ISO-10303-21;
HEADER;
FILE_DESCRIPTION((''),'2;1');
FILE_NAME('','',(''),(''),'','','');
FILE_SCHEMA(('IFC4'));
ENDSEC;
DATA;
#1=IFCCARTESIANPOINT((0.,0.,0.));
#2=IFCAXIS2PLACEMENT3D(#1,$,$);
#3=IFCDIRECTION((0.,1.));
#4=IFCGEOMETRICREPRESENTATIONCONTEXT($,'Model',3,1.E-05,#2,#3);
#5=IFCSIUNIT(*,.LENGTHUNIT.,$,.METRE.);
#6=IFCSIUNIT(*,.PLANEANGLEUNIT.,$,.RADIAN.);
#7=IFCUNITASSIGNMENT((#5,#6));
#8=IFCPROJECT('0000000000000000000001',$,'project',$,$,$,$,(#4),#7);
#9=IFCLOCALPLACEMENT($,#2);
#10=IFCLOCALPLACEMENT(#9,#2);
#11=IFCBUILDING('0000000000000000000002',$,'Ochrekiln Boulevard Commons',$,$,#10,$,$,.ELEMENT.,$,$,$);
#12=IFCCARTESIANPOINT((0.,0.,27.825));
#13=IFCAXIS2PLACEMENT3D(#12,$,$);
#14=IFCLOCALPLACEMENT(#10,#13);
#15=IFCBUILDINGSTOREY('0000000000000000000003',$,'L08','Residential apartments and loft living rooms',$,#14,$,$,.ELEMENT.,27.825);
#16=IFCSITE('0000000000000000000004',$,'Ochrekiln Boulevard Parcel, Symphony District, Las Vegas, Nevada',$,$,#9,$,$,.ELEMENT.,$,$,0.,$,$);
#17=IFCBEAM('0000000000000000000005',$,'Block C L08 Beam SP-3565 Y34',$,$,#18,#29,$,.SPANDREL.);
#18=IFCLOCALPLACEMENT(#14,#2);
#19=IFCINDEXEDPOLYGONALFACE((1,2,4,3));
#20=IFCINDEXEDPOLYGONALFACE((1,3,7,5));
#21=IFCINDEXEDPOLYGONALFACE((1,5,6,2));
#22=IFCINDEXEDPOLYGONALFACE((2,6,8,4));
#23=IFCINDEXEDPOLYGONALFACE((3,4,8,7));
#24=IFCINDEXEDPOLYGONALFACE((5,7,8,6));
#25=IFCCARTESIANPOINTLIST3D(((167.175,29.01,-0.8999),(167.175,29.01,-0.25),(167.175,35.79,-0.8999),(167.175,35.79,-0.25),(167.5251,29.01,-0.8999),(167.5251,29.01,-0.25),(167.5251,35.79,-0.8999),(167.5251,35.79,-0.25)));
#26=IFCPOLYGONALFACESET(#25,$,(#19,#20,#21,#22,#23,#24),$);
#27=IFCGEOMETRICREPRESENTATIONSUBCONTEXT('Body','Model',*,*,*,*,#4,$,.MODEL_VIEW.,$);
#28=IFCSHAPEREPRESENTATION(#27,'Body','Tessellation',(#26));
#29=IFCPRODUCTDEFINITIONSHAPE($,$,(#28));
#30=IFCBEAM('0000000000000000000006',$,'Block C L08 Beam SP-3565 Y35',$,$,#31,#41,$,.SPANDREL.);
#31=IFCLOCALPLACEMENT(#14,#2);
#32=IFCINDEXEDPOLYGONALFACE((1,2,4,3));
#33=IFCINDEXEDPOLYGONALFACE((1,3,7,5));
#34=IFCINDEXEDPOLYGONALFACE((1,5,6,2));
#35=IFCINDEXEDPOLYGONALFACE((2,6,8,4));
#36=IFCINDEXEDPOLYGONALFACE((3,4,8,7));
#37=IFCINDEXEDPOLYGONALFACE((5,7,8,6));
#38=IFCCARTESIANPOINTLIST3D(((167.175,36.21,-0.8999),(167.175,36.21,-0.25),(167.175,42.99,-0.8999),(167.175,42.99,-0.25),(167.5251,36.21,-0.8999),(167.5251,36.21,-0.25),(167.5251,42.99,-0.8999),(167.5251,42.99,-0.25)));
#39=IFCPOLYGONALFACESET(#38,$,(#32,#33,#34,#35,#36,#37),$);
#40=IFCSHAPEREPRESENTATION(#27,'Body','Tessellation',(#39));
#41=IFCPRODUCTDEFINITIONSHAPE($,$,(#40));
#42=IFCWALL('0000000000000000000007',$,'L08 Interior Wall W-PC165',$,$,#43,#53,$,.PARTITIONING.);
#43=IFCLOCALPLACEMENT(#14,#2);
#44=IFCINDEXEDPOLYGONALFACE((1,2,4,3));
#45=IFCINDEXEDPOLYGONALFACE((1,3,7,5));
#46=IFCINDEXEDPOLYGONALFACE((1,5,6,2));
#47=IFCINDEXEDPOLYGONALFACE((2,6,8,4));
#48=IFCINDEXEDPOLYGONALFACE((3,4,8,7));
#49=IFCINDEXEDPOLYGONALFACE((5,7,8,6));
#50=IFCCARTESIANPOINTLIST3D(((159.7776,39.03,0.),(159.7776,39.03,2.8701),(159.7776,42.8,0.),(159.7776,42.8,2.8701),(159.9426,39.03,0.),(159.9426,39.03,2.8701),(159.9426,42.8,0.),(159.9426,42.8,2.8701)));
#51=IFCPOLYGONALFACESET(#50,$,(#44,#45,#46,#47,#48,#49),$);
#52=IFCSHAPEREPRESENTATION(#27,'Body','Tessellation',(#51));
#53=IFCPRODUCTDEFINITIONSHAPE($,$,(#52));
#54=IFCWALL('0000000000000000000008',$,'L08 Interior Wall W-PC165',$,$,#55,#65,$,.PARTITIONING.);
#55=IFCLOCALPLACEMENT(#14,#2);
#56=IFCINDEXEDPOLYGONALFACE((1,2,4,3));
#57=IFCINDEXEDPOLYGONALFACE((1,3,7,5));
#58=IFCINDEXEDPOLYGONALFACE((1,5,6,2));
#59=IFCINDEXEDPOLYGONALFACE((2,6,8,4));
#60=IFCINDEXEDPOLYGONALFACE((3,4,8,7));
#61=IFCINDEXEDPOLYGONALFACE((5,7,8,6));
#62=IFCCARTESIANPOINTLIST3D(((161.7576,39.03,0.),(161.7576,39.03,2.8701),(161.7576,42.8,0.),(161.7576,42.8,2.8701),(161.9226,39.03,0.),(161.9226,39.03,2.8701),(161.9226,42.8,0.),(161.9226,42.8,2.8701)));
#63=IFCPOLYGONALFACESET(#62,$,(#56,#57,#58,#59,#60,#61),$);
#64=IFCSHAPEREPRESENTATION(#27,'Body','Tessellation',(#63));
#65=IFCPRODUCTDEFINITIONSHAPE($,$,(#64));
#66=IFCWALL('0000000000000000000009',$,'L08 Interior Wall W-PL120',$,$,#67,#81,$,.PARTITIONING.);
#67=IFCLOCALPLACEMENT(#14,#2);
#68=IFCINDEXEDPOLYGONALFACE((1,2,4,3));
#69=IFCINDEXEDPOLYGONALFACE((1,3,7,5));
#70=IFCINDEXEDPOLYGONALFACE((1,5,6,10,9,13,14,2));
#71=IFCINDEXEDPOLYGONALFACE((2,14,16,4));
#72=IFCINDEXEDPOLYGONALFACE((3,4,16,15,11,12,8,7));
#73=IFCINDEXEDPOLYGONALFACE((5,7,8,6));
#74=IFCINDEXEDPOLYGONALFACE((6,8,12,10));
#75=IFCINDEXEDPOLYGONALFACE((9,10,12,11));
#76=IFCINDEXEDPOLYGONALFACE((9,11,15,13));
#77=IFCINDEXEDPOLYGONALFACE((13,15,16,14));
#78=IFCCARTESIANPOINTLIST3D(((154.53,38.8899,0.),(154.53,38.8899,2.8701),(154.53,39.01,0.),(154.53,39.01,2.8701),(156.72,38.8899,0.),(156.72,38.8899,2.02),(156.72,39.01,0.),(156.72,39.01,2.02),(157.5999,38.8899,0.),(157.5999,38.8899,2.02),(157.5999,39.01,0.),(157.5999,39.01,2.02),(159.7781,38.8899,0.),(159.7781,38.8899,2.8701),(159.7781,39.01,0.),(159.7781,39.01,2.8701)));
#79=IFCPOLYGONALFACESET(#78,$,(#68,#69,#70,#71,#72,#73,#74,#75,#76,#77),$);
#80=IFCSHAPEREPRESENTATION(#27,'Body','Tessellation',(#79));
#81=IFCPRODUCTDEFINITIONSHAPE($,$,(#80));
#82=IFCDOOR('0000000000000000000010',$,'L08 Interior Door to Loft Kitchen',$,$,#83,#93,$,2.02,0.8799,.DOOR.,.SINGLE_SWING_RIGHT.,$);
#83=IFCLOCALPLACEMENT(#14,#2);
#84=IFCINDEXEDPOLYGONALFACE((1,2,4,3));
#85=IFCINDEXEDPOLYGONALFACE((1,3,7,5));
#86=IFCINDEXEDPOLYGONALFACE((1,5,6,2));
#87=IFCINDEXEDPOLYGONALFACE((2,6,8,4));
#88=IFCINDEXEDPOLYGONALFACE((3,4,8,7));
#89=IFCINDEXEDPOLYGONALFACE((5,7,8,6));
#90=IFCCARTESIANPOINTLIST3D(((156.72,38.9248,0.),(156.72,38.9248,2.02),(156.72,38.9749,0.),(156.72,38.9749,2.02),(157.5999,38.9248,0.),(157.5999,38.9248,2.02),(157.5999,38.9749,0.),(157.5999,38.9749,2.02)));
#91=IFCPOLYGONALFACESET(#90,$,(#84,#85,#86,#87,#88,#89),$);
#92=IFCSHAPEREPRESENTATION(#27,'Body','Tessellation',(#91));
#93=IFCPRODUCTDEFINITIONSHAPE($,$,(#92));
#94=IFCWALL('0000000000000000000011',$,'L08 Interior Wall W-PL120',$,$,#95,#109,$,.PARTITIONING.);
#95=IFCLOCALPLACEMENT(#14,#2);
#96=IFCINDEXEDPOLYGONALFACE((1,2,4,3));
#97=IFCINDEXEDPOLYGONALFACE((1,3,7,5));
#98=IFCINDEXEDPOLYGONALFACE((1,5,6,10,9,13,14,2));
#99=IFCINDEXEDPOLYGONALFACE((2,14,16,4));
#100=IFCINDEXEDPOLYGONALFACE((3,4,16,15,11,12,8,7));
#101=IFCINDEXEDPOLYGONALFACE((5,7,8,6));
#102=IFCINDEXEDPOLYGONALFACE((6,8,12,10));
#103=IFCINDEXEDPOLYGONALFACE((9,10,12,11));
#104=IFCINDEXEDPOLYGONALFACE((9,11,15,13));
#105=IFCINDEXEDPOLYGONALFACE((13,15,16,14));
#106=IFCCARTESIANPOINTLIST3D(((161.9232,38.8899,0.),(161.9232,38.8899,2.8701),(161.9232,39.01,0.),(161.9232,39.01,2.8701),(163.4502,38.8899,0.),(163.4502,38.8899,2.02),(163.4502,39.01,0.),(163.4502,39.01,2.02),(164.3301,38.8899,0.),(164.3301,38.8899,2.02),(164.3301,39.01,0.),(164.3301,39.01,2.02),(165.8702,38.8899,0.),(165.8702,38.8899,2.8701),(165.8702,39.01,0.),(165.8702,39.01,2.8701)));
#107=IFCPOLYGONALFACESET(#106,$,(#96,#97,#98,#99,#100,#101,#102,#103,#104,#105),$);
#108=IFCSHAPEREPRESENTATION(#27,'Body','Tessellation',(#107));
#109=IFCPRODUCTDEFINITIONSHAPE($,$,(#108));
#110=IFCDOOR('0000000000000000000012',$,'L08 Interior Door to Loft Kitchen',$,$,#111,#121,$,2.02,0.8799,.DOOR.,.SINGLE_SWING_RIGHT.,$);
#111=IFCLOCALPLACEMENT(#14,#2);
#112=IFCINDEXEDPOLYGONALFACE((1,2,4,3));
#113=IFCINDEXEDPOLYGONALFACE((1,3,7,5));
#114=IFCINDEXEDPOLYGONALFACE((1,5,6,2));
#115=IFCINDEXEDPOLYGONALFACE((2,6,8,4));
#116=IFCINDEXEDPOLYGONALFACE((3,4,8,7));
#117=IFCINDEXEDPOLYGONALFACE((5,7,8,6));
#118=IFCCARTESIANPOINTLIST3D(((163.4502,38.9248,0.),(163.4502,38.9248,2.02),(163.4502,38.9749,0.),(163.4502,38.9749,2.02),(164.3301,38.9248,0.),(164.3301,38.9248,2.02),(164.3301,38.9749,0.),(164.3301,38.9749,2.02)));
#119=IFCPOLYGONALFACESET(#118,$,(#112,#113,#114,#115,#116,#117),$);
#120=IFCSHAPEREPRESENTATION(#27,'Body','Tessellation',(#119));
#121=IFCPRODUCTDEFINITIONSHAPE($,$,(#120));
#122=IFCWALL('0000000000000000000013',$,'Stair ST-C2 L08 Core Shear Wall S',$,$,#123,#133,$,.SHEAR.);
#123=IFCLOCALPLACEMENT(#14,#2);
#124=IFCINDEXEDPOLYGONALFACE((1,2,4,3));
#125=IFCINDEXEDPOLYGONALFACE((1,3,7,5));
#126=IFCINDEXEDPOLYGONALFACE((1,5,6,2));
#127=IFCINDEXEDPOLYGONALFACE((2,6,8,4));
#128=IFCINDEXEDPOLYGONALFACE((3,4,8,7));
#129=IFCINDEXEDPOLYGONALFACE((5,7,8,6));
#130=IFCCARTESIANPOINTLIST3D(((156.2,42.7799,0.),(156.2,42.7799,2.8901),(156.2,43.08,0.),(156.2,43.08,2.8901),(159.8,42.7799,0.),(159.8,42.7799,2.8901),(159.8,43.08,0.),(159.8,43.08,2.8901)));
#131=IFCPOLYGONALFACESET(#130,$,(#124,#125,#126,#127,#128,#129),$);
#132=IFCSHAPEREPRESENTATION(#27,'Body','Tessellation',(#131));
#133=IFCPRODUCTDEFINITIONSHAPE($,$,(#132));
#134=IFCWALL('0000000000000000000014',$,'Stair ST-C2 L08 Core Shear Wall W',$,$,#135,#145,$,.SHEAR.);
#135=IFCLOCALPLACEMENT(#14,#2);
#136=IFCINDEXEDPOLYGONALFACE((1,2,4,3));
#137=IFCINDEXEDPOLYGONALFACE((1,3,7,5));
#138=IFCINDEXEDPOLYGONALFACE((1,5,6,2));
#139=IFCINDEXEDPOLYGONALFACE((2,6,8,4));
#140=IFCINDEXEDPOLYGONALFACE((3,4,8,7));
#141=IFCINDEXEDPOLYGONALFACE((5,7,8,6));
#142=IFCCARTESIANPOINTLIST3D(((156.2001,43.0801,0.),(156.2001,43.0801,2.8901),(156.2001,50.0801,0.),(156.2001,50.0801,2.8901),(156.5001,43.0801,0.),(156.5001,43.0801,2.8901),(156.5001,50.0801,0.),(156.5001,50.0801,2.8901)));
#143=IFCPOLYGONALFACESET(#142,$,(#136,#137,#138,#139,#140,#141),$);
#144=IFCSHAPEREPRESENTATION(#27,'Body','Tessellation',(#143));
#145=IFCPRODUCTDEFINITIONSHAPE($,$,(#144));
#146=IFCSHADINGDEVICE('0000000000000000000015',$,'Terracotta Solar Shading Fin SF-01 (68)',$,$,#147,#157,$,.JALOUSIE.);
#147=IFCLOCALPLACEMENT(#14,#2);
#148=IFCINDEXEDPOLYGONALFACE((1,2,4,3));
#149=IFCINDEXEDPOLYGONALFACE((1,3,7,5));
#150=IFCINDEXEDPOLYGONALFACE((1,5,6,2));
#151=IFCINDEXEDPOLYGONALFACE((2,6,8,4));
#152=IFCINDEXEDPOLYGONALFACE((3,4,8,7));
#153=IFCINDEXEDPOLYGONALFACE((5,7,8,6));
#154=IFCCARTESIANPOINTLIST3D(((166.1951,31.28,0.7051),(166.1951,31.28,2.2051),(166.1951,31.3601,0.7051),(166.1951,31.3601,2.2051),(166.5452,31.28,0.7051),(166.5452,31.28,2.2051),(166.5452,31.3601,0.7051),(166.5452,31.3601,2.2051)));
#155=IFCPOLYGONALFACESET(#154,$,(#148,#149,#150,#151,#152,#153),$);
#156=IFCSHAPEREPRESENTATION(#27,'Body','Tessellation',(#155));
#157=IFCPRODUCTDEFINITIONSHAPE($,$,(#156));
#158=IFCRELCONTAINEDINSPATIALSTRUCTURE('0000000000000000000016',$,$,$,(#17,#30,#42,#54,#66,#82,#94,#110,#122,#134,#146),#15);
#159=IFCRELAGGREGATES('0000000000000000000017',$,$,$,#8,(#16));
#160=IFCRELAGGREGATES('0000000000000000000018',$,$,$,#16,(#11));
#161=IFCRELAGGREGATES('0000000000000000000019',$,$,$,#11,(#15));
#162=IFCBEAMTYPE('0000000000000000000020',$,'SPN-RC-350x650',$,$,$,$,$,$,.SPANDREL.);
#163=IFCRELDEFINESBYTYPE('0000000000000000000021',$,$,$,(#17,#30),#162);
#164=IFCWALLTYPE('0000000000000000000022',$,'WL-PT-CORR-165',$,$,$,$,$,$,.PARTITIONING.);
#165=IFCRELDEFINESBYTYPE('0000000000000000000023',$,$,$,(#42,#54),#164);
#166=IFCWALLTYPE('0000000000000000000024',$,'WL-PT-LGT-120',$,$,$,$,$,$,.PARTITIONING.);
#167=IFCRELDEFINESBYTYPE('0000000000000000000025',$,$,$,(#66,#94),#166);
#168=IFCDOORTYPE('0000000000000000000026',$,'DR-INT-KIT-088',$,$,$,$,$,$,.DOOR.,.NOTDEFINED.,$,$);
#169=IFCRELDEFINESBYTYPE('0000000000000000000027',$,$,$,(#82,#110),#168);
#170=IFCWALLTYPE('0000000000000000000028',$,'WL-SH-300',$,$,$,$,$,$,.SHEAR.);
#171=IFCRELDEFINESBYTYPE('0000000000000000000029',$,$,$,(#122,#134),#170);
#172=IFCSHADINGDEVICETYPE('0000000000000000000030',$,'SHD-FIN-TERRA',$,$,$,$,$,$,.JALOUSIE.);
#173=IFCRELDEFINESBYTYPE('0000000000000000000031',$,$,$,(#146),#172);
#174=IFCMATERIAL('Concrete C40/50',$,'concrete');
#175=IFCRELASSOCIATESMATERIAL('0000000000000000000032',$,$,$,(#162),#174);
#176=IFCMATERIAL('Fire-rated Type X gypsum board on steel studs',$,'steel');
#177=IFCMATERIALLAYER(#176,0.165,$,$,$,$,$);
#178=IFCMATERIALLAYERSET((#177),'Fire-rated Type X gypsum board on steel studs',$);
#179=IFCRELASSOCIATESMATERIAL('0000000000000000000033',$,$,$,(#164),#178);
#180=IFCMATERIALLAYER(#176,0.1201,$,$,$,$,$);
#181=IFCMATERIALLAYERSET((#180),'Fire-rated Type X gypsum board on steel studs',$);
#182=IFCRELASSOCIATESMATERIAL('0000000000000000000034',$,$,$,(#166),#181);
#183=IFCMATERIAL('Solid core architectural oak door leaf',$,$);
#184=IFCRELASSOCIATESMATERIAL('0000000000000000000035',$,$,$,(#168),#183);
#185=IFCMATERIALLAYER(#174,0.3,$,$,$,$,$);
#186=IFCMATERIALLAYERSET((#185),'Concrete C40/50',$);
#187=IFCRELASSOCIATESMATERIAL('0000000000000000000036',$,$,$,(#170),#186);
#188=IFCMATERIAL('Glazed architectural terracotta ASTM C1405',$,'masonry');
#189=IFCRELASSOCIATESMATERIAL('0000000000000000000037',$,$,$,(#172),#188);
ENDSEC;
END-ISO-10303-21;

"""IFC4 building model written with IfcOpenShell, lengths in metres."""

from ifc_helpers import new_model, si_unit, direction, frame, frame_2d, origin, origin_2d, place, context, subcontext, project, spatial, rectangle, extrude, material, layer, layer_set, material_profile, profile_set, type_object, element, fill, save


model = new_model("IFC4")

# Units and contexts
model_context = context("Model", 3, precision=1e-05, world=origin(), true_north=direction((0.0, 1.0)))
body_context = subcontext(model_context, "Body", "Model", "MODEL_VIEW")
ifc_project = project(units=[si_unit("LENGTHUNIT", "METRE"), si_unit("PLANEANGLEUNIT", "RADIAN")], contexts=[model_context])

# Site, building, storey
site_placement = place(None, origin())
site = spatial("IfcSite", under=ifc_project, at=site_placement, Name="Ochrekiln Boulevard Parcel, Symphony District, Las Vegas, Nevada", CompositionType="ELEMENT", RefElevation=0.0)
building_placement = place(site_placement, origin())
building = spatial("IfcBuilding", under=site, at=building_placement, Name="Ochrekiln Boulevard Commons", CompositionType="ELEMENT")
storey_placement = place(building_placement, frame((0.0, 0.0, 27.825)))
storey = spatial("IfcBuildingStorey", under=building, at=storey_placement, Name="L08", Description="Residential apartments and loft living rooms", CompositionType="ELEMENT", Elevation=27.825)

# Shared definitions
ifc_material_1 = material(Name="Concrete C40/50", Category="concrete")

# Beams
ifc_material_profile_1 = material_profile(ifc_material_1, rectangle(XDim=0.3501, YDim=0.6499, at=origin_2d()), Name="RC-SPN-350x650")
ifc_profile_set_1 = profile_set([ifc_material_profile_1], Name="Concrete C40/50")
beam_type_1 = type_object("IfcBeamType", Name="SPN-RC-350x650", PredefinedType="SPANDREL", material=ifc_profile_set_1)
for number, where, z_axis, x_axis, name in (
    (1, (167.3501, 29.01, -0.575), (0.0, 1.0, 0.0), (-1.0, 0.0, 0.0), "Block C L08 Beam SP-3565 Y34"),
    (2, (167.3501, 36.21, -0.575), (0.0, 1.0, 0.0), (-1.0, 0.0, 0.0), "Block C L08 Beam SP-3565 Y35"),
):
    element("IfcBeam", number, at=place(storey_placement, frame(where, z_axis=z_axis, x_axis=x_axis)), inside=storey, type_object=beam_type_1, Name=name, PredefinedType="SPANDREL", context=body_context, shape_type="SweptSolid", body=[
        extrude(rectangle(XDim=0.3501, YDim=0.6499, at=origin_2d()), origin(), (0.0, 0.0, 1.0), 6.78),
    ])

# Walls
ifc_material_2 = material(Name="Fire-rated Type X gypsum board on steel studs", Category="steel")
ifc_layer_1 = layer(ifc_material_2, 0.165)
ifc_layer_set_1 = layer_set([ifc_layer_1], Name="Fire-rated Type X gypsum board on steel studs")
wall_type_1 = type_object("IfcWallType", Name="WL-PT-CORR-165", PredefinedType="PARTITIONING", material=ifc_layer_set_1)
for number, where, z_axis, x_axis, name in (
    (3, (159.8601, 39.03, 0.0), (0.0, 0.0, 1.0), (0.0, 1.0, 0.0), "L08 Interior Wall W-PC165"),
    (4, (161.8401, 39.03, 0.0), (0.0, 0.0, 1.0), (0.0, 1.0, 0.0), "L08 Interior Wall W-PC165"),
):
    element("IfcWall", number, at=place(storey_placement, frame(where, z_axis=z_axis, x_axis=x_axis)), inside=storey, type_object=wall_type_1, Name=name, PredefinedType="PARTITIONING", context=body_context, shape_type="SweptSolid", body=[
        extrude(rectangle(XDim=3.77, YDim=0.165, at=frame_2d((1.885, 0.0))), origin(), (0.0, 0.0, 1.0), 2.8701),
    ])

# Walls, openings, doors
ifc_layer_2 = layer(ifc_material_2, 0.1201)
ifc_layer_set_2 = layer_set([ifc_layer_2], Name="Fire-rated Type X gypsum board on steel studs")
wall_type_2 = type_object("IfcWallType", Name="WL-PT-LGT-120", PredefinedType="PARTITIONING", material=ifc_layer_set_2)
wall_1_placement = place(storey_placement, frame((154.53, 38.95, 0.0), z_axis=(0.0, 0.0, 1.0), x_axis=(1.0, 0.0, 0.0)))
wall_1 = element("IfcWall", 5, at=wall_1_placement, inside=storey, type_object=wall_type_2, Name="L08 Interior Wall W-PL120", PredefinedType="PARTITIONING", context=body_context, shape_type="SweptSolid", body=[
    extrude(rectangle(XDim=5.248, YDim=0.1201, at=frame_2d((2.624, 0.0))), origin(), (0.0, 0.0, 1.0), 2.8701),
])
opening_1_placement = place(wall_1_placement, frame((2.1899, 0.0, 0.0)))
opening_1 = element("IfcOpeningElement", 6, at=opening_1_placement, cuts=wall_1, PredefinedType="OPENING", context=body_context, shape_type="SweptSolid", body=[
    extrude(rectangle(XDim=0.8799, YDim=2.02, at=frame_2d((0.4399, 1.01))), frame((0.0, 0.0701, 0.0), z_axis=(0.0, -1.0, 0.0), x_axis=(1.0, 0.0, 0.0)), (0.0, 0.0, 1.0), 0.1401),
])
ifc_material_3 = material(Name="Solid core architectural oak door leaf")
door_type_1 = type_object("IfcDoorType", Name="DR-INT-KIT-088", OperationType="NOTDEFINED", PredefinedType="DOOR", material=ifc_material_3)
door_1_placement = place(opening_1_placement, origin())
door_1 = element("IfcDoor", 7, at=door_1_placement, inside=storey, type_object=door_type_1, Name="L08 Interior Door to Loft Kitchen", OperationType="SINGLE_SWING_RIGHT", OverallHeight=2.02, OverallWidth=0.8799, PredefinedType="DOOR", context=body_context, shape_type="SweptSolid", body=[
    extrude(rectangle(XDim=0.8799, YDim=2.02, at=frame_2d((0.4399, 1.01))), frame((0.0, 0.0249, 0.0), z_axis=(0.0, -1.0, 0.0), x_axis=(1.0, 0.0, 0.0)), (0.0, 0.0, 1.0), 0.05),
])
fill(opening_1, door_1)
wall_2_placement = place(storey_placement, frame((161.9231, 38.95, 0.0), z_axis=(0.0, 0.0, 1.0), x_axis=(1.0, 0.0, 0.0)))
wall_2 = element("IfcWall", 8, at=wall_2_placement, inside=storey, type_object=wall_type_2, Name="L08 Interior Wall W-PL120", PredefinedType="PARTITIONING", context=body_context, shape_type="SweptSolid", body=[
    extrude(rectangle(XDim=3.947, YDim=0.1201, at=frame_2d((1.9736, 0.0))), origin(), (0.0, 0.0, 1.0), 2.8701),
])
opening_2_placement = place(wall_2_placement, frame((1.5271, 0.0, 0.0)))
opening_2 = element("IfcOpeningElement", 9, at=opening_2_placement, cuts=wall_2, PredefinedType="OPENING", context=body_context, shape_type="SweptSolid", body=[
    extrude(rectangle(XDim=0.8799, YDim=2.02, at=frame_2d((0.4399, 1.01))), frame((0.0, 0.0701, 0.0), z_axis=(0.0, -1.0, 0.0), x_axis=(1.0, 0.0, 0.0)), (0.0, 0.0, 1.0), 0.1401),
])
door_2_placement = place(opening_2_placement, origin())
door_2 = element("IfcDoor", 10, at=door_2_placement, inside=storey, type_object=door_type_1, Name="L08 Interior Door to Loft Kitchen", OperationType="SINGLE_SWING_RIGHT", OverallHeight=2.02, OverallWidth=0.8799, PredefinedType="DOOR", context=body_context, shape_type="SweptSolid", body=[
    extrude(rectangle(XDim=0.8799, YDim=2.02, at=frame_2d((0.4399, 1.01))), frame((0.0, 0.0249, 0.0), z_axis=(0.0, -1.0, 0.0), x_axis=(1.0, 0.0, 0.0)), (0.0, 0.0, 1.0), 0.05),
])
fill(opening_2, door_2)

# Walls
ifc_layer_3 = layer(ifc_material_1, 0.3)
ifc_layer_set_3 = layer_set([ifc_layer_3], Name="Concrete C40/50")
wall_type_3 = type_object("IfcWallType", Name="WL-SH-300", PredefinedType="SHEAR", material=ifc_layer_set_3)
wall_3_placement = place(storey_placement, frame((156.2, 42.9299, 0.0), z_axis=(0.0, 0.0, 1.0), x_axis=(1.0, 0.0, 0.0)))
element("IfcWall", 11, at=wall_3_placement, inside=storey, type_object=wall_type_3, Name="Stair ST-C2 L08 Core Shear Wall S", PredefinedType="SHEAR", context=body_context, shape_type="SweptSolid", body=[
    extrude(rectangle(XDim=3.6001, YDim=0.3, at=frame_2d((1.8, 0.0))), origin(), (0.0, 0.0, 1.0), 2.8901),
])
wall_4_placement = place(storey_placement, frame((156.3501, 43.0801, 0.0), z_axis=(0.0, 0.0, 1.0), x_axis=(0.0, 1.0, 0.0)))
element("IfcWall", 12, at=wall_4_placement, inside=storey, type_object=wall_type_3, Name="Stair ST-C2 L08 Core Shear Wall W", PredefinedType="SHEAR", context=body_context, shape_type="SweptSolid", body=[
    extrude(rectangle(XDim=7.0, YDim=0.3, at=frame_2d((3.5, 0.0))), origin(), (0.0, 0.0, 1.0), 2.8901),
])

# Shading device
ifc_material_4 = material(Name="Glazed architectural terracotta ASTM C1405", Category="masonry")
shading_device_type = type_object("IfcShadingDeviceType", Name="SHD-FIN-TERRA", PredefinedType="JALOUSIE", material=ifc_material_4)
shading_device_placement = place(storey_placement, frame((166.3701, 31.3201, 0.7051), z_axis=(0.0, 0.0, 1.0), x_axis=(1.0, 0.0, 0.0)))
element("IfcShadingDevice", 13, at=shading_device_placement, inside=storey, type_object=shading_device_type, Name="Terracotta Solar Shading Fin SF-01 (68)", PredefinedType="JALOUSIE", context=body_context, shape_type="SweptSolid", body=[
    extrude(rectangle(XDim=0.3501, YDim=0.0801, at=origin_2d()), origin(), (0.0, 0.0, 1.0), 1.5),
])

save(model, "model.ifc")
